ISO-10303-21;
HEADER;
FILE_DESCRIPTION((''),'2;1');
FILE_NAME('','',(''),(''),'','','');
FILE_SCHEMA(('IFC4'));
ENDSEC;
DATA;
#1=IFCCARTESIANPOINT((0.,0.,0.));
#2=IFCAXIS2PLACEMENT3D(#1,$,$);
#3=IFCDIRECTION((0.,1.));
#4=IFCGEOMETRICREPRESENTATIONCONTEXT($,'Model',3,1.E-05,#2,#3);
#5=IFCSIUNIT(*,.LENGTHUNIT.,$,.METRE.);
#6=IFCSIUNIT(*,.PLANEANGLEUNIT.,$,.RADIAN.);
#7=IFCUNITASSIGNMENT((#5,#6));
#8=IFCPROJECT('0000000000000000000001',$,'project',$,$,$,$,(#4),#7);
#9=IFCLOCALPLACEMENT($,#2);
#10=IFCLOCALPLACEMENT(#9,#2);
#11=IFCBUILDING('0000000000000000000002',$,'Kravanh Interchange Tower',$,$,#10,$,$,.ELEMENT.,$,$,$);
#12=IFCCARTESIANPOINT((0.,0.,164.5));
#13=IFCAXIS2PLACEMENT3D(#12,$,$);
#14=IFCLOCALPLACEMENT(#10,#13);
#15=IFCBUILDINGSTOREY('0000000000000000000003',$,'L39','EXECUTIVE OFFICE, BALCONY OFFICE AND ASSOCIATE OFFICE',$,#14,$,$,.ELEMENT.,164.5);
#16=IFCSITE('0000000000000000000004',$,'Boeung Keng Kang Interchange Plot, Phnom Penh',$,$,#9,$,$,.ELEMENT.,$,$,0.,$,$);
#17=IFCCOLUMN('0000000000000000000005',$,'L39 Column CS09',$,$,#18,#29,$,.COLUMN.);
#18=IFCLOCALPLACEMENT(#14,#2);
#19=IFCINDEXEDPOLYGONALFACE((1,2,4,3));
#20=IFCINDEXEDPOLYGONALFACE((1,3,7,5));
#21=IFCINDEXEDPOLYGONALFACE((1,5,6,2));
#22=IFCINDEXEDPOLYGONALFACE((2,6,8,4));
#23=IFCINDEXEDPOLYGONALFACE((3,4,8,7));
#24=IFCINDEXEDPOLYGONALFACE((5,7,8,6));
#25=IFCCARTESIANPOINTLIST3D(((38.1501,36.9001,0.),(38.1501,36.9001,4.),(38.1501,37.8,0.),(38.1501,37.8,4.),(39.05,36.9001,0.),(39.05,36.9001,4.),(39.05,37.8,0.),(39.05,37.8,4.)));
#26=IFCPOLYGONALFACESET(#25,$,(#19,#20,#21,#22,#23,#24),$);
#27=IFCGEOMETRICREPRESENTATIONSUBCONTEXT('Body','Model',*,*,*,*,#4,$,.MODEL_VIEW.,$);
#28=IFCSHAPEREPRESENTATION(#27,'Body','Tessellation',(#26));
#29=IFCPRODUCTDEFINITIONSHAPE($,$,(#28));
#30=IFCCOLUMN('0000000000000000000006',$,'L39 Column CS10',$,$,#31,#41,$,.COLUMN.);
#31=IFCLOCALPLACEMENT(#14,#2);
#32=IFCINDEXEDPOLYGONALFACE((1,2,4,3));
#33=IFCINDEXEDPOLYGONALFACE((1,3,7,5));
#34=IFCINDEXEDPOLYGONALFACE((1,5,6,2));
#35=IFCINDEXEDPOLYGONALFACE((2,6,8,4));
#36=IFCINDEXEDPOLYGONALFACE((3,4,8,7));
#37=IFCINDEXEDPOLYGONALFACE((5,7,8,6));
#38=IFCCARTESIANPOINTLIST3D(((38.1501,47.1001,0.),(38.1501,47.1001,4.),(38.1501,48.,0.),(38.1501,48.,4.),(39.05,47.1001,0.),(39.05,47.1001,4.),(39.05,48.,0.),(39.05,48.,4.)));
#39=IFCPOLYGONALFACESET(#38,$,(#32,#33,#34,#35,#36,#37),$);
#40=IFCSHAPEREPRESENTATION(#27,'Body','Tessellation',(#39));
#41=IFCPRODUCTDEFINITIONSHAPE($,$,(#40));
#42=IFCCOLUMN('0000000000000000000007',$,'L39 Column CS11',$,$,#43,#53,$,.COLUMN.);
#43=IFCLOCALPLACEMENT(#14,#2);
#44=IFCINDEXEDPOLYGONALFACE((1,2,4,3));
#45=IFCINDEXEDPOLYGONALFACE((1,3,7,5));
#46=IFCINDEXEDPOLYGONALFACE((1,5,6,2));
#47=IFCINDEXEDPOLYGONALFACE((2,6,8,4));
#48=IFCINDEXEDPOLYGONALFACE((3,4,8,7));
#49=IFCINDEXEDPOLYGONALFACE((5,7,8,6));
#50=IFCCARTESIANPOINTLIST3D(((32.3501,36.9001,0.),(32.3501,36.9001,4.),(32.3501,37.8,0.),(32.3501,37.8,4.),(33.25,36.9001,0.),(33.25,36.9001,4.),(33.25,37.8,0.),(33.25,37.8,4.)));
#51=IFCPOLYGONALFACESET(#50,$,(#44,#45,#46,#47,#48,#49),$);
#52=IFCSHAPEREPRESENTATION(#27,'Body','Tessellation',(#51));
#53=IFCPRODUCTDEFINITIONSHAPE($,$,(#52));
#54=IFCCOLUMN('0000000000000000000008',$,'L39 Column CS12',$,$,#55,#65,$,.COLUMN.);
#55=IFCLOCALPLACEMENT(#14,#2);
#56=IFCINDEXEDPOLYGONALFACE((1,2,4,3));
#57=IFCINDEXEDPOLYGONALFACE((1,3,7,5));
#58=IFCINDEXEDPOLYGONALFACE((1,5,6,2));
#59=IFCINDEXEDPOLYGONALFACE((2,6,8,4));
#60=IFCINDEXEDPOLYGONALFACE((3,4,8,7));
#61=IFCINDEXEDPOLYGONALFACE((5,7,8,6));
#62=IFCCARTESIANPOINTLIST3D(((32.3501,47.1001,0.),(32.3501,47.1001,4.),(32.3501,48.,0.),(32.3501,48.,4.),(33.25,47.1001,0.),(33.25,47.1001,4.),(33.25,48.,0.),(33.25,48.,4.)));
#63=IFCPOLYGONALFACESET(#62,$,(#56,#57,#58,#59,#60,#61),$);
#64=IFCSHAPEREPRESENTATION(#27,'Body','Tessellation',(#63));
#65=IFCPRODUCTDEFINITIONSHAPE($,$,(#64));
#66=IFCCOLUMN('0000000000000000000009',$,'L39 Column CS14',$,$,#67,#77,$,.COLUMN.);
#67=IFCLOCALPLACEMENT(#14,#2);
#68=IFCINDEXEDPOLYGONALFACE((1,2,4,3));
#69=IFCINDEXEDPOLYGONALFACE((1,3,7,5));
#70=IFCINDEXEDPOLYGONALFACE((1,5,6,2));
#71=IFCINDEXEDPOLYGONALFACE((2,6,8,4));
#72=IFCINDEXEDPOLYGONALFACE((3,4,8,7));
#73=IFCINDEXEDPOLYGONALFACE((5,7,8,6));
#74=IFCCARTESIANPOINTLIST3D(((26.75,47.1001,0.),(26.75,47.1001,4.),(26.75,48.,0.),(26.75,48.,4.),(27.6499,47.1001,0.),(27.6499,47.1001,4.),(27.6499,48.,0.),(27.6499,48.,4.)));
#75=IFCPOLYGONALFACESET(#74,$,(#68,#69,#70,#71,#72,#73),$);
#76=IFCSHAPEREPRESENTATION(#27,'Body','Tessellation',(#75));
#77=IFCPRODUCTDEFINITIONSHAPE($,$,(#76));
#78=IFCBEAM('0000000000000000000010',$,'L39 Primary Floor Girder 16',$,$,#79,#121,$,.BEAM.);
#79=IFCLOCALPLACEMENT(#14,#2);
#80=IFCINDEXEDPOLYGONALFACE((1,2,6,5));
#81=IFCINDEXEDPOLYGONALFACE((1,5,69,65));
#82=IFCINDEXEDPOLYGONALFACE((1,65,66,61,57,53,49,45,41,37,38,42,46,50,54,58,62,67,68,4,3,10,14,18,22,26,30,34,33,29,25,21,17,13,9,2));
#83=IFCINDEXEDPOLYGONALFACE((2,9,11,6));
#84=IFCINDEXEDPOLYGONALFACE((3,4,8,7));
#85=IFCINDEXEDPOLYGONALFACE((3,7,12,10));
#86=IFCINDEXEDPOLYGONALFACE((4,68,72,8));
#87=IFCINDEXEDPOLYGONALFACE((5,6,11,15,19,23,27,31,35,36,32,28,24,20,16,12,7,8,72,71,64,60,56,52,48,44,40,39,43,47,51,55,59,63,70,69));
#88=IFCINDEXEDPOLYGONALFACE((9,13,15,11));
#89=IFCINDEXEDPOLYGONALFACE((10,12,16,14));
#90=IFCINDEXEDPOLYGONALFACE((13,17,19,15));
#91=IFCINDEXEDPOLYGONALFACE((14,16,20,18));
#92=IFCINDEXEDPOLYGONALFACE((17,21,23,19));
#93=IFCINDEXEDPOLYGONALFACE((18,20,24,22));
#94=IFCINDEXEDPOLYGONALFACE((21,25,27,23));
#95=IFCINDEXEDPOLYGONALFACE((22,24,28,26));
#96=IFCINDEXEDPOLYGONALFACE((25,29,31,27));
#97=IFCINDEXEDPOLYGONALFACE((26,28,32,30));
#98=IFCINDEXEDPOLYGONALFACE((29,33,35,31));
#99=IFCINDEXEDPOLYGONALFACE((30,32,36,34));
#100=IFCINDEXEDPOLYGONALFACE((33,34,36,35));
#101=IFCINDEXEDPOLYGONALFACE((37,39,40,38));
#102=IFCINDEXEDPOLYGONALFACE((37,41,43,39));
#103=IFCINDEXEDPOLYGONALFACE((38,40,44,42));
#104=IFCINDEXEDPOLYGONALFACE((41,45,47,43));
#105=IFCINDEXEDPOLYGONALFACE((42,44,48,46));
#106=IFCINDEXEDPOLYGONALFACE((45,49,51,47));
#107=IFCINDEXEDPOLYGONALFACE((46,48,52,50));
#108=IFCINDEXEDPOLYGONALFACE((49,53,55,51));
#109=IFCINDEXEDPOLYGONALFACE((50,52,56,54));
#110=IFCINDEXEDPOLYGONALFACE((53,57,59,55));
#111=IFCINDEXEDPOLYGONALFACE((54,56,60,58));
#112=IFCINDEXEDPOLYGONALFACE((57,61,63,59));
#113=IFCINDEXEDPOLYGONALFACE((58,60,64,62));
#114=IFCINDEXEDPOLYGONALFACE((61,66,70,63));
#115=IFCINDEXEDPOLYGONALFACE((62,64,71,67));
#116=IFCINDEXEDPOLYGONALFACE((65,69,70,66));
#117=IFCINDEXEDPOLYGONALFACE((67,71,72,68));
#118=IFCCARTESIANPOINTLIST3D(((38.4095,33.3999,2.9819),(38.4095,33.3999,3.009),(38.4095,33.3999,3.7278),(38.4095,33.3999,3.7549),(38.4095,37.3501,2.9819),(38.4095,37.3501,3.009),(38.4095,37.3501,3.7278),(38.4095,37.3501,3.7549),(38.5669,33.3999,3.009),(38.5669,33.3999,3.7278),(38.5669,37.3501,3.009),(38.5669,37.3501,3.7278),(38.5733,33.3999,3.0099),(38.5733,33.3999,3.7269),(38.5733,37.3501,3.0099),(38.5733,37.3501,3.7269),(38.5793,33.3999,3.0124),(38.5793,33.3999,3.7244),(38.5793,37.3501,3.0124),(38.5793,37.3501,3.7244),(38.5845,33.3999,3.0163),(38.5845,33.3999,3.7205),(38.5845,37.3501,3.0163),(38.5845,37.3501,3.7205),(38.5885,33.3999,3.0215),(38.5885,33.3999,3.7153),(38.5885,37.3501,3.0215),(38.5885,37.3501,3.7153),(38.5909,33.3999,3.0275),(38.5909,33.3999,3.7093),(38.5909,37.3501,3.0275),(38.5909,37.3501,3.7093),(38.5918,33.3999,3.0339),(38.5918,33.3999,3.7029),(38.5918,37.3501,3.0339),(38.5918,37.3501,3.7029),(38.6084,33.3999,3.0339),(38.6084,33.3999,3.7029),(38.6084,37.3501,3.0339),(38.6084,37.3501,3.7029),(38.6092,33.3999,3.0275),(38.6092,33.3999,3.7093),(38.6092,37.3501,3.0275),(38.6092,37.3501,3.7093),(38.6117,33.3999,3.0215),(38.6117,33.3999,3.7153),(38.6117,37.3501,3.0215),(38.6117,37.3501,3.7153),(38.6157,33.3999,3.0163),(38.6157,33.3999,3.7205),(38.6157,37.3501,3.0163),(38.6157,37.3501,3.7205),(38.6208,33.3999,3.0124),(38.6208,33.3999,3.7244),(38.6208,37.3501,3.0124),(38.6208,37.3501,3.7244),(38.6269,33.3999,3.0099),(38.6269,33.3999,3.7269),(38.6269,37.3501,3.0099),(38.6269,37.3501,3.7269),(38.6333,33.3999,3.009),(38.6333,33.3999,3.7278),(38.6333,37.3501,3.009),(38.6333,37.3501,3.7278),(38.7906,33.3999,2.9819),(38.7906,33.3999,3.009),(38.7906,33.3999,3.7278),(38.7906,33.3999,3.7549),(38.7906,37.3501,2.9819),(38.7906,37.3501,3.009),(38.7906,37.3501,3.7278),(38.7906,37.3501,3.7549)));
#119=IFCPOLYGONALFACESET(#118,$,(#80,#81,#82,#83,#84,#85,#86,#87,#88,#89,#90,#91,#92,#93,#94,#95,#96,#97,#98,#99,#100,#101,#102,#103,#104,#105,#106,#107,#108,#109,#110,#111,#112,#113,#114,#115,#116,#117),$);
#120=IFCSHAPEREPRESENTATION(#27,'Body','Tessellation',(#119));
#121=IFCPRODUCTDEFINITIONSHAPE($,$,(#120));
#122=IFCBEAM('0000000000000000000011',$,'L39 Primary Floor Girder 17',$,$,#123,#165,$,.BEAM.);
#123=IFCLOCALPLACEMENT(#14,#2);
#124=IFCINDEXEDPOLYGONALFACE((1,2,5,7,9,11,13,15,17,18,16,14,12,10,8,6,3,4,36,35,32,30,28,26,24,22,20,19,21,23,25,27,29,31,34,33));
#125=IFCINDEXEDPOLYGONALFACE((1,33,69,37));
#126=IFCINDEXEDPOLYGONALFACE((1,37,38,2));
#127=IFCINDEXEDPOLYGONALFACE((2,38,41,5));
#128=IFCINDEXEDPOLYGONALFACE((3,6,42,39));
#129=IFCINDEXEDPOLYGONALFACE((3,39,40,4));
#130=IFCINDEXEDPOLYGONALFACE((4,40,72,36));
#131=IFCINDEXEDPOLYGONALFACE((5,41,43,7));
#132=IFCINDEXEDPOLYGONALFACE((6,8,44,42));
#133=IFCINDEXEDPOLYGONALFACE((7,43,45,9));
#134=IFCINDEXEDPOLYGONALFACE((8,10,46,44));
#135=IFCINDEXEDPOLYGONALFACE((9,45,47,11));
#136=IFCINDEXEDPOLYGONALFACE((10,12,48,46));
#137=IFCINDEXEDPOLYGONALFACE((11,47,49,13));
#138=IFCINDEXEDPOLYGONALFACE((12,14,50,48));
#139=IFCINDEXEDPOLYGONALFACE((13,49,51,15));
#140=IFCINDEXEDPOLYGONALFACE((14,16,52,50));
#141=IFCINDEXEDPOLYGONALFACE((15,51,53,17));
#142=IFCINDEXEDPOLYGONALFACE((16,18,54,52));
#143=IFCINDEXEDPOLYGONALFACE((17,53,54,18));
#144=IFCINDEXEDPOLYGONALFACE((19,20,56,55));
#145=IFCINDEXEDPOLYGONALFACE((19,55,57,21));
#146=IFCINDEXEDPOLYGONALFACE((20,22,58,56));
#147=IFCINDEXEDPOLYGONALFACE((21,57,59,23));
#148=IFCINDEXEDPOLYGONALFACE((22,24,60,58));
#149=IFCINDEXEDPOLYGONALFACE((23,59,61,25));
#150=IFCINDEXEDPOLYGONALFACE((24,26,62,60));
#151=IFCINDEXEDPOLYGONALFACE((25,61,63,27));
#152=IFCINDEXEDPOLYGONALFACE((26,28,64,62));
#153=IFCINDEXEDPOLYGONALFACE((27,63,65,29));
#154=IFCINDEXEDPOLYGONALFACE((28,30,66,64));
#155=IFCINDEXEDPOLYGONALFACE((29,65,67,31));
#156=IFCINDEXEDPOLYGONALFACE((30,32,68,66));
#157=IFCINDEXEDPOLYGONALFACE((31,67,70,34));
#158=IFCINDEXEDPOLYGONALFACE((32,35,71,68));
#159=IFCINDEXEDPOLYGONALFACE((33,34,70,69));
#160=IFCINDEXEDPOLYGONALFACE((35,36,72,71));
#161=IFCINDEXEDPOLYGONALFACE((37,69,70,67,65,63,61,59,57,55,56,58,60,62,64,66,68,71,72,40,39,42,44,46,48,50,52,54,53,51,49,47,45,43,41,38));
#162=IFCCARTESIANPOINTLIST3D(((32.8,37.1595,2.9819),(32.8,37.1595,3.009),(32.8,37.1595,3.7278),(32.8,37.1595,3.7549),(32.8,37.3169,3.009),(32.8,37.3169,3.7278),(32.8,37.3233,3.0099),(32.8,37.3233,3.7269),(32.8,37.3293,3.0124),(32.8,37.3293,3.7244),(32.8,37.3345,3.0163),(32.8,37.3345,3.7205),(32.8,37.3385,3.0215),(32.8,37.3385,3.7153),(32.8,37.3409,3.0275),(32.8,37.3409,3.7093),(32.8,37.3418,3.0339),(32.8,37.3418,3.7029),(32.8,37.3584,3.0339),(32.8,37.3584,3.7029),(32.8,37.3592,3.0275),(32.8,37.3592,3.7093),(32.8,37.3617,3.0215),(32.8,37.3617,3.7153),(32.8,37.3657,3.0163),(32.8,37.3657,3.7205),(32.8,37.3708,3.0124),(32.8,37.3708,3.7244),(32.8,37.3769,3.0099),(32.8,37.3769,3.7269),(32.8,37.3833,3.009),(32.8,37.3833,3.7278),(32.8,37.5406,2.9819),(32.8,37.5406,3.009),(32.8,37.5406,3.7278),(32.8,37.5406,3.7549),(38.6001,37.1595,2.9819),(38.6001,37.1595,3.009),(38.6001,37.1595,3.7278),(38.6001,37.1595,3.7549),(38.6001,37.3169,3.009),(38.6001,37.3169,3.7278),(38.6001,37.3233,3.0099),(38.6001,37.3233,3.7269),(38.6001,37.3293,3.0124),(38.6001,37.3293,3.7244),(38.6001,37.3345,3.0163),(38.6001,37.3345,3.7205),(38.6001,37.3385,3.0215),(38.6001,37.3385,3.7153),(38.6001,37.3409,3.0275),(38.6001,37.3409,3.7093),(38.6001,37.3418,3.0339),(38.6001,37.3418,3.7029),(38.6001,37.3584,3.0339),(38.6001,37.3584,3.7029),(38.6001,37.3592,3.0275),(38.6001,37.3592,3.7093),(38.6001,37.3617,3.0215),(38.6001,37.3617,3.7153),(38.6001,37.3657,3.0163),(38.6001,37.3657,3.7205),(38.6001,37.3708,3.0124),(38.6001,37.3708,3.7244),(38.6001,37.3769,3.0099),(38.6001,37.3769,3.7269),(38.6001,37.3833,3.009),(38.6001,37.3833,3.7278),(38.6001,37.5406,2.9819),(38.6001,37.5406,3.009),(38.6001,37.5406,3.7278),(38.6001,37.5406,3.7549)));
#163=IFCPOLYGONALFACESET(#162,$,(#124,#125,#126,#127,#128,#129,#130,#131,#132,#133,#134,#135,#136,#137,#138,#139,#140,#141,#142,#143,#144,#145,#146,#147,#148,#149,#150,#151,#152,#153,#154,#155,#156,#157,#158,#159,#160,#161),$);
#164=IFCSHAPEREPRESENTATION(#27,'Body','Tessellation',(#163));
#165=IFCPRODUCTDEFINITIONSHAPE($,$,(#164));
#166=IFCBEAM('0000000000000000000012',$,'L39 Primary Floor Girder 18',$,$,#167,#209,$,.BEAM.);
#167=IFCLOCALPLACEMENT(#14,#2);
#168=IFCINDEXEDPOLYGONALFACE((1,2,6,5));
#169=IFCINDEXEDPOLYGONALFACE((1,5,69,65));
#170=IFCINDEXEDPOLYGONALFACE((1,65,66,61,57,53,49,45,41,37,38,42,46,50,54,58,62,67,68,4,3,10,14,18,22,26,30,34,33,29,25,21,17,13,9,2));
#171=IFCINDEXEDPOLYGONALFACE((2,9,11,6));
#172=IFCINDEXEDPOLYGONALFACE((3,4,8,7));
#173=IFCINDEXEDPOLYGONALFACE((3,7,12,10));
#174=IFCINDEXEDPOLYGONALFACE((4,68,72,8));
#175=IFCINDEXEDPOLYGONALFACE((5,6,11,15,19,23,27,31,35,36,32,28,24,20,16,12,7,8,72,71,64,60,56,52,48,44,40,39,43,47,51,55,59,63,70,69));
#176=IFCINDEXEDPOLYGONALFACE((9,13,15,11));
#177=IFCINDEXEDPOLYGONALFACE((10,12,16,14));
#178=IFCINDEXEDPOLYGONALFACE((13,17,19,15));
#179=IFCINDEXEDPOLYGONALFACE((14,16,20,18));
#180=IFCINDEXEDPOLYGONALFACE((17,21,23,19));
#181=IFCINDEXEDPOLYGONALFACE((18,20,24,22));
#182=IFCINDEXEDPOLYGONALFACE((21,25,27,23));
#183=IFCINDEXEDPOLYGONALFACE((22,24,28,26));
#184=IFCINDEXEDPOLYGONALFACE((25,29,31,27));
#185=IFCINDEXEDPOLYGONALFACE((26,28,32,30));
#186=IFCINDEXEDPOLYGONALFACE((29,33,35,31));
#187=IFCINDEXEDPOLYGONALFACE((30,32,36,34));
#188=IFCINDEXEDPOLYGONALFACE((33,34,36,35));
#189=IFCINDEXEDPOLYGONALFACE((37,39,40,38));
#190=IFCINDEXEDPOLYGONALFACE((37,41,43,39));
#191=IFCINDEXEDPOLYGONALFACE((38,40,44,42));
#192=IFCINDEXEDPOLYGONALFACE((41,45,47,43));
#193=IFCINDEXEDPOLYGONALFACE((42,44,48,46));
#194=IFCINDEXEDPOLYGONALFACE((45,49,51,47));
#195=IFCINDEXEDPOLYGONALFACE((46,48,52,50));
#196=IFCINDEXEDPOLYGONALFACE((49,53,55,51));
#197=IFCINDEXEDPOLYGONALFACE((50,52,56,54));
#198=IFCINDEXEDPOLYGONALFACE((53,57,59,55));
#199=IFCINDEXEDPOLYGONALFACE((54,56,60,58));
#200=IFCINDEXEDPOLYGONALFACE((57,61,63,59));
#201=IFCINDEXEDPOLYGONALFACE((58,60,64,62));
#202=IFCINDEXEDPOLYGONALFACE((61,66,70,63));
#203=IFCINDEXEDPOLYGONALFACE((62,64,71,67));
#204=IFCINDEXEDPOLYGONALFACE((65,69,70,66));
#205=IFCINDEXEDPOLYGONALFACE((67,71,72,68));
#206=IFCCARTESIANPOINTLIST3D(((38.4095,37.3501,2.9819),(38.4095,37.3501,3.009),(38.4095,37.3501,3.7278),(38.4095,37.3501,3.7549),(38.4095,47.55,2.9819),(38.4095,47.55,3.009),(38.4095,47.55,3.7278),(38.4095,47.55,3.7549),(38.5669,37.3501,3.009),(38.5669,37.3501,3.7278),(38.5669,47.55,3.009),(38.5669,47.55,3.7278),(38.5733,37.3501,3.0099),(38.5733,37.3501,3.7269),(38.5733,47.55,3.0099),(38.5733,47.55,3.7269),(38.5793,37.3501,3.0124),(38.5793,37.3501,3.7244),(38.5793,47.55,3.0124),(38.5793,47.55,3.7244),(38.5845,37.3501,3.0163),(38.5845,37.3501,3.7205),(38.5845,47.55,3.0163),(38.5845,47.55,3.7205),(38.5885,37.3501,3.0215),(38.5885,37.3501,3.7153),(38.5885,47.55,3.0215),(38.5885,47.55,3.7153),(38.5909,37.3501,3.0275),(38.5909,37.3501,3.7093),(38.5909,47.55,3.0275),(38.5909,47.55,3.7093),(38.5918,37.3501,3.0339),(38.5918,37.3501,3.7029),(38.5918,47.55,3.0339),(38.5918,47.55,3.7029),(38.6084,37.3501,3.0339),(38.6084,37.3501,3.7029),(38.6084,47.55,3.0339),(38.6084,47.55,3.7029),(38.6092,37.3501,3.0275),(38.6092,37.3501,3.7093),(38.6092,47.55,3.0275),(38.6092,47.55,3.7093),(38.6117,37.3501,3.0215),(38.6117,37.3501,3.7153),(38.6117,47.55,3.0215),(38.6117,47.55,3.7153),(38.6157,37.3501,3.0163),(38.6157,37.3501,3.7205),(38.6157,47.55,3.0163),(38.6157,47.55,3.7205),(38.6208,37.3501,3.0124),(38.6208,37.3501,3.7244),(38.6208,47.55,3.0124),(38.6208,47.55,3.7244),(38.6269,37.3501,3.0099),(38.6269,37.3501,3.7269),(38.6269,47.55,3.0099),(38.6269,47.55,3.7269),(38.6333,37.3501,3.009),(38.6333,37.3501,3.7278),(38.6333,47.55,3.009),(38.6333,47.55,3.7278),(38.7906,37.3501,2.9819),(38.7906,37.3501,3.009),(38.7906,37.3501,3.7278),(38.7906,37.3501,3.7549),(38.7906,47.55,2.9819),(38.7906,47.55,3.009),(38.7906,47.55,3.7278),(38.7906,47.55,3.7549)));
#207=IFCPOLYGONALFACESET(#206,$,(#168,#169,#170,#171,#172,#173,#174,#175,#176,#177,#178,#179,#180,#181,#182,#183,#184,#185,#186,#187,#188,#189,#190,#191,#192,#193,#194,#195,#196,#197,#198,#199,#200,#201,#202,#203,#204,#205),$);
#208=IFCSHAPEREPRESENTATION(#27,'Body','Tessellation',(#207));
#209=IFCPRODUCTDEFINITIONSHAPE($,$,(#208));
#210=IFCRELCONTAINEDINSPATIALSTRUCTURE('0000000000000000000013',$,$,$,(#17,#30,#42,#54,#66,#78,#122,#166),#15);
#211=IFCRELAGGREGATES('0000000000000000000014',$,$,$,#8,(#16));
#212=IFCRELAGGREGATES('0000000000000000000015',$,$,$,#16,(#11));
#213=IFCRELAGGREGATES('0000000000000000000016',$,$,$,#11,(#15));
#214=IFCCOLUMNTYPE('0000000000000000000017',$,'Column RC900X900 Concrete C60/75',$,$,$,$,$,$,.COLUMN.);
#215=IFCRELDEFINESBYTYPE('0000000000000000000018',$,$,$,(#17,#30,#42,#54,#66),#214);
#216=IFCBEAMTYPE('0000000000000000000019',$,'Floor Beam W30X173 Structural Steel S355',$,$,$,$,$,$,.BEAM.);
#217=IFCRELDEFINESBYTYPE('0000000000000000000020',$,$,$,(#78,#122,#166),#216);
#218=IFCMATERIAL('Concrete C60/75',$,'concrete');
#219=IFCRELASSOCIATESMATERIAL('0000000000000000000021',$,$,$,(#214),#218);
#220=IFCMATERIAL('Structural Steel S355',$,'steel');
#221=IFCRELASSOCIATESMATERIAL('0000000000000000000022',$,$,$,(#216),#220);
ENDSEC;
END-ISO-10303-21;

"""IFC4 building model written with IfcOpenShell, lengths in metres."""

from ifc_helpers import new_model, si_unit, direction, frame, origin, origin_2d, place, context, subcontext, project, spatial, rectangle, i_section, extrude, material, material_profile, profile_set, type_object, element, save


model = new_model("IFC4")

# Units and contexts
model_context = context("Model", 3, precision=1e-05, world=origin(), true_north=direction((0.0, 1.0)))
body_context = subcontext(model_context, "Body", "Model", "MODEL_VIEW")
ifc_project = project(units=[si_unit("LENGTHUNIT", "METRE"), si_unit("PLANEANGLEUNIT", "RADIAN")], contexts=[model_context])

# Site, building, storey
site_placement = place(None, origin())
site = spatial("IfcSite", under=ifc_project, at=site_placement, Name="Boeung Keng Kang Interchange Plot, Phnom Penh", CompositionType="ELEMENT", RefElevation=0.0)
building_placement = place(site_placement, origin())
building = spatial("IfcBuilding", under=site, at=building_placement, Name="Kravanh Interchange Tower", CompositionType="ELEMENT")
storey_placement = place(building_placement, frame((0.0, 0.0, 164.5)))
storey = spatial("IfcBuildingStorey", under=building, at=storey_placement, Name="L39", Description="EXECUTIVE OFFICE, BALCONY OFFICE AND ASSOCIATE OFFICE", CompositionType="ELEMENT", Elevation=164.5)

# Columns
ifc_material_1 = material(Name="Concrete C60/75", Category="concrete")
ifc_material_profile_1 = material_profile(ifc_material_1, rectangle(XDim=0.8999, YDim=0.8999, at=origin_2d()), Name="RC900X900")
ifc_profile_set_1 = profile_set([ifc_material_profile_1], Name="Concrete C60/75")
column_type = type_object("IfcColumnType", Name="Column RC900X900 Concrete C60/75", PredefinedType="COLUMN", material=ifc_profile_set_1)
for number, where, z_axis, x_axis, name in (
    (1, (38.6001, 37.3501, 0.0), (0.0, 0.0, 1.0), (1.0, 0.0, 0.0), "L39 Column CS09"),
    (2, (38.6001, 47.55, 0.0), (0.0, 0.0, 1.0), (1.0, 0.0, 0.0), "L39 Column CS10"),
    (3, (32.8, 37.3501, 0.0), (0.0, 0.0, 1.0), (1.0, 0.0, 0.0), "L39 Column CS11"),
    (4, (32.8, 47.55, 0.0), (0.0, 0.0, 1.0), (1.0, 0.0, 0.0), "L39 Column CS12"),
    (5, (27.2, 47.55, 0.0), (0.0, 0.0, 1.0), (1.0, 0.0, 0.0), "L39 Column CS14"),
):
    element("IfcColumn", number, at=place(storey_placement, frame(where, z_axis=z_axis, x_axis=x_axis)), inside=storey, type_object=column_type, Name=name, PredefinedType="COLUMN", context=body_context, shape_type="SweptSolid", body=[
        extrude(rectangle(XDim=0.8999, YDim=0.8999, at=origin_2d()), origin(), (0.0, 0.0, 1.0), 4.0),
    ])

# Beams
ifc_material_2 = material(Name="Structural Steel S355", Category="steel")
ifc_material_profile_2 = material_profile(ifc_material_2, i_section(OverallWidth=0.3811, OverallDepth=0.7729, WebThickness=0.0166, FlangeThickness=0.0271, FilletRadius=0.0249, at=origin_2d()), Name="W30X173")
ifc_profile_set_2 = profile_set([ifc_material_profile_2], Name="Structural Steel S355")
beam_type = type_object("IfcBeamType", Name="Floor Beam W30X173 Structural Steel S355", PredefinedType="BEAM", material=ifc_profile_set_2)
beam_1_placement = place(storey_placement, frame((38.6001, 37.3501, 3.3684), z_axis=(0.0, -1.0, 0.0), x_axis=(1.0, 0.0, 0.0)))
element("IfcBeam", 6, at=beam_1_placement, inside=storey, type_object=beam_type, Name="L39 Primary Floor Girder 16", PredefinedType="BEAM", context=body_context, shape_type="SweptSolid", body=[
    extrude(i_section(OverallWidth=0.3811, OverallDepth=0.7729, WebThickness=0.0166, FlangeThickness=0.0271, FilletRadius=0.0249, at=origin_2d()), origin(), (0.0, 0.0, 1.0), 3.9502),
])
beam_2_placement = place(storey_placement, frame((38.6001, 37.3501, 3.3684), z_axis=(-1.0, 0.0, 0.0), x_axis=(0.0, -1.0, 0.0)))
element("IfcBeam", 7, at=beam_2_placement, inside=storey, type_object=beam_type, Name="L39 Primary Floor Girder 17", PredefinedType="BEAM", context=body_context, shape_type="SweptSolid", body=[
    extrude(i_section(OverallWidth=0.3811, OverallDepth=0.7729, WebThickness=0.0166, FlangeThickness=0.0271, FilletRadius=0.0249, at=origin_2d()), origin(), (0.0, 0.0, 1.0), 5.8),
])
beam_3_placement = place(storey_placement, frame((38.6001, 37.3501, 3.3684), z_axis=(0.0, 1.0, 0.0), x_axis=(-1.0, 0.0, 0.0)))
element("IfcBeam", 8, at=beam_3_placement, inside=storey, type_object=beam_type, Name="L39 Primary Floor Girder 18", PredefinedType="BEAM", context=body_context, shape_type="SweptSolid", body=[
    extrude(i_section(OverallWidth=0.3811, OverallDepth=0.7729, WebThickness=0.0166, FlangeThickness=0.0271, FilletRadius=0.0249, at=origin_2d()), origin(), (0.0, 0.0, 1.0), 10.2),
])

save(model, "model.ifc")
